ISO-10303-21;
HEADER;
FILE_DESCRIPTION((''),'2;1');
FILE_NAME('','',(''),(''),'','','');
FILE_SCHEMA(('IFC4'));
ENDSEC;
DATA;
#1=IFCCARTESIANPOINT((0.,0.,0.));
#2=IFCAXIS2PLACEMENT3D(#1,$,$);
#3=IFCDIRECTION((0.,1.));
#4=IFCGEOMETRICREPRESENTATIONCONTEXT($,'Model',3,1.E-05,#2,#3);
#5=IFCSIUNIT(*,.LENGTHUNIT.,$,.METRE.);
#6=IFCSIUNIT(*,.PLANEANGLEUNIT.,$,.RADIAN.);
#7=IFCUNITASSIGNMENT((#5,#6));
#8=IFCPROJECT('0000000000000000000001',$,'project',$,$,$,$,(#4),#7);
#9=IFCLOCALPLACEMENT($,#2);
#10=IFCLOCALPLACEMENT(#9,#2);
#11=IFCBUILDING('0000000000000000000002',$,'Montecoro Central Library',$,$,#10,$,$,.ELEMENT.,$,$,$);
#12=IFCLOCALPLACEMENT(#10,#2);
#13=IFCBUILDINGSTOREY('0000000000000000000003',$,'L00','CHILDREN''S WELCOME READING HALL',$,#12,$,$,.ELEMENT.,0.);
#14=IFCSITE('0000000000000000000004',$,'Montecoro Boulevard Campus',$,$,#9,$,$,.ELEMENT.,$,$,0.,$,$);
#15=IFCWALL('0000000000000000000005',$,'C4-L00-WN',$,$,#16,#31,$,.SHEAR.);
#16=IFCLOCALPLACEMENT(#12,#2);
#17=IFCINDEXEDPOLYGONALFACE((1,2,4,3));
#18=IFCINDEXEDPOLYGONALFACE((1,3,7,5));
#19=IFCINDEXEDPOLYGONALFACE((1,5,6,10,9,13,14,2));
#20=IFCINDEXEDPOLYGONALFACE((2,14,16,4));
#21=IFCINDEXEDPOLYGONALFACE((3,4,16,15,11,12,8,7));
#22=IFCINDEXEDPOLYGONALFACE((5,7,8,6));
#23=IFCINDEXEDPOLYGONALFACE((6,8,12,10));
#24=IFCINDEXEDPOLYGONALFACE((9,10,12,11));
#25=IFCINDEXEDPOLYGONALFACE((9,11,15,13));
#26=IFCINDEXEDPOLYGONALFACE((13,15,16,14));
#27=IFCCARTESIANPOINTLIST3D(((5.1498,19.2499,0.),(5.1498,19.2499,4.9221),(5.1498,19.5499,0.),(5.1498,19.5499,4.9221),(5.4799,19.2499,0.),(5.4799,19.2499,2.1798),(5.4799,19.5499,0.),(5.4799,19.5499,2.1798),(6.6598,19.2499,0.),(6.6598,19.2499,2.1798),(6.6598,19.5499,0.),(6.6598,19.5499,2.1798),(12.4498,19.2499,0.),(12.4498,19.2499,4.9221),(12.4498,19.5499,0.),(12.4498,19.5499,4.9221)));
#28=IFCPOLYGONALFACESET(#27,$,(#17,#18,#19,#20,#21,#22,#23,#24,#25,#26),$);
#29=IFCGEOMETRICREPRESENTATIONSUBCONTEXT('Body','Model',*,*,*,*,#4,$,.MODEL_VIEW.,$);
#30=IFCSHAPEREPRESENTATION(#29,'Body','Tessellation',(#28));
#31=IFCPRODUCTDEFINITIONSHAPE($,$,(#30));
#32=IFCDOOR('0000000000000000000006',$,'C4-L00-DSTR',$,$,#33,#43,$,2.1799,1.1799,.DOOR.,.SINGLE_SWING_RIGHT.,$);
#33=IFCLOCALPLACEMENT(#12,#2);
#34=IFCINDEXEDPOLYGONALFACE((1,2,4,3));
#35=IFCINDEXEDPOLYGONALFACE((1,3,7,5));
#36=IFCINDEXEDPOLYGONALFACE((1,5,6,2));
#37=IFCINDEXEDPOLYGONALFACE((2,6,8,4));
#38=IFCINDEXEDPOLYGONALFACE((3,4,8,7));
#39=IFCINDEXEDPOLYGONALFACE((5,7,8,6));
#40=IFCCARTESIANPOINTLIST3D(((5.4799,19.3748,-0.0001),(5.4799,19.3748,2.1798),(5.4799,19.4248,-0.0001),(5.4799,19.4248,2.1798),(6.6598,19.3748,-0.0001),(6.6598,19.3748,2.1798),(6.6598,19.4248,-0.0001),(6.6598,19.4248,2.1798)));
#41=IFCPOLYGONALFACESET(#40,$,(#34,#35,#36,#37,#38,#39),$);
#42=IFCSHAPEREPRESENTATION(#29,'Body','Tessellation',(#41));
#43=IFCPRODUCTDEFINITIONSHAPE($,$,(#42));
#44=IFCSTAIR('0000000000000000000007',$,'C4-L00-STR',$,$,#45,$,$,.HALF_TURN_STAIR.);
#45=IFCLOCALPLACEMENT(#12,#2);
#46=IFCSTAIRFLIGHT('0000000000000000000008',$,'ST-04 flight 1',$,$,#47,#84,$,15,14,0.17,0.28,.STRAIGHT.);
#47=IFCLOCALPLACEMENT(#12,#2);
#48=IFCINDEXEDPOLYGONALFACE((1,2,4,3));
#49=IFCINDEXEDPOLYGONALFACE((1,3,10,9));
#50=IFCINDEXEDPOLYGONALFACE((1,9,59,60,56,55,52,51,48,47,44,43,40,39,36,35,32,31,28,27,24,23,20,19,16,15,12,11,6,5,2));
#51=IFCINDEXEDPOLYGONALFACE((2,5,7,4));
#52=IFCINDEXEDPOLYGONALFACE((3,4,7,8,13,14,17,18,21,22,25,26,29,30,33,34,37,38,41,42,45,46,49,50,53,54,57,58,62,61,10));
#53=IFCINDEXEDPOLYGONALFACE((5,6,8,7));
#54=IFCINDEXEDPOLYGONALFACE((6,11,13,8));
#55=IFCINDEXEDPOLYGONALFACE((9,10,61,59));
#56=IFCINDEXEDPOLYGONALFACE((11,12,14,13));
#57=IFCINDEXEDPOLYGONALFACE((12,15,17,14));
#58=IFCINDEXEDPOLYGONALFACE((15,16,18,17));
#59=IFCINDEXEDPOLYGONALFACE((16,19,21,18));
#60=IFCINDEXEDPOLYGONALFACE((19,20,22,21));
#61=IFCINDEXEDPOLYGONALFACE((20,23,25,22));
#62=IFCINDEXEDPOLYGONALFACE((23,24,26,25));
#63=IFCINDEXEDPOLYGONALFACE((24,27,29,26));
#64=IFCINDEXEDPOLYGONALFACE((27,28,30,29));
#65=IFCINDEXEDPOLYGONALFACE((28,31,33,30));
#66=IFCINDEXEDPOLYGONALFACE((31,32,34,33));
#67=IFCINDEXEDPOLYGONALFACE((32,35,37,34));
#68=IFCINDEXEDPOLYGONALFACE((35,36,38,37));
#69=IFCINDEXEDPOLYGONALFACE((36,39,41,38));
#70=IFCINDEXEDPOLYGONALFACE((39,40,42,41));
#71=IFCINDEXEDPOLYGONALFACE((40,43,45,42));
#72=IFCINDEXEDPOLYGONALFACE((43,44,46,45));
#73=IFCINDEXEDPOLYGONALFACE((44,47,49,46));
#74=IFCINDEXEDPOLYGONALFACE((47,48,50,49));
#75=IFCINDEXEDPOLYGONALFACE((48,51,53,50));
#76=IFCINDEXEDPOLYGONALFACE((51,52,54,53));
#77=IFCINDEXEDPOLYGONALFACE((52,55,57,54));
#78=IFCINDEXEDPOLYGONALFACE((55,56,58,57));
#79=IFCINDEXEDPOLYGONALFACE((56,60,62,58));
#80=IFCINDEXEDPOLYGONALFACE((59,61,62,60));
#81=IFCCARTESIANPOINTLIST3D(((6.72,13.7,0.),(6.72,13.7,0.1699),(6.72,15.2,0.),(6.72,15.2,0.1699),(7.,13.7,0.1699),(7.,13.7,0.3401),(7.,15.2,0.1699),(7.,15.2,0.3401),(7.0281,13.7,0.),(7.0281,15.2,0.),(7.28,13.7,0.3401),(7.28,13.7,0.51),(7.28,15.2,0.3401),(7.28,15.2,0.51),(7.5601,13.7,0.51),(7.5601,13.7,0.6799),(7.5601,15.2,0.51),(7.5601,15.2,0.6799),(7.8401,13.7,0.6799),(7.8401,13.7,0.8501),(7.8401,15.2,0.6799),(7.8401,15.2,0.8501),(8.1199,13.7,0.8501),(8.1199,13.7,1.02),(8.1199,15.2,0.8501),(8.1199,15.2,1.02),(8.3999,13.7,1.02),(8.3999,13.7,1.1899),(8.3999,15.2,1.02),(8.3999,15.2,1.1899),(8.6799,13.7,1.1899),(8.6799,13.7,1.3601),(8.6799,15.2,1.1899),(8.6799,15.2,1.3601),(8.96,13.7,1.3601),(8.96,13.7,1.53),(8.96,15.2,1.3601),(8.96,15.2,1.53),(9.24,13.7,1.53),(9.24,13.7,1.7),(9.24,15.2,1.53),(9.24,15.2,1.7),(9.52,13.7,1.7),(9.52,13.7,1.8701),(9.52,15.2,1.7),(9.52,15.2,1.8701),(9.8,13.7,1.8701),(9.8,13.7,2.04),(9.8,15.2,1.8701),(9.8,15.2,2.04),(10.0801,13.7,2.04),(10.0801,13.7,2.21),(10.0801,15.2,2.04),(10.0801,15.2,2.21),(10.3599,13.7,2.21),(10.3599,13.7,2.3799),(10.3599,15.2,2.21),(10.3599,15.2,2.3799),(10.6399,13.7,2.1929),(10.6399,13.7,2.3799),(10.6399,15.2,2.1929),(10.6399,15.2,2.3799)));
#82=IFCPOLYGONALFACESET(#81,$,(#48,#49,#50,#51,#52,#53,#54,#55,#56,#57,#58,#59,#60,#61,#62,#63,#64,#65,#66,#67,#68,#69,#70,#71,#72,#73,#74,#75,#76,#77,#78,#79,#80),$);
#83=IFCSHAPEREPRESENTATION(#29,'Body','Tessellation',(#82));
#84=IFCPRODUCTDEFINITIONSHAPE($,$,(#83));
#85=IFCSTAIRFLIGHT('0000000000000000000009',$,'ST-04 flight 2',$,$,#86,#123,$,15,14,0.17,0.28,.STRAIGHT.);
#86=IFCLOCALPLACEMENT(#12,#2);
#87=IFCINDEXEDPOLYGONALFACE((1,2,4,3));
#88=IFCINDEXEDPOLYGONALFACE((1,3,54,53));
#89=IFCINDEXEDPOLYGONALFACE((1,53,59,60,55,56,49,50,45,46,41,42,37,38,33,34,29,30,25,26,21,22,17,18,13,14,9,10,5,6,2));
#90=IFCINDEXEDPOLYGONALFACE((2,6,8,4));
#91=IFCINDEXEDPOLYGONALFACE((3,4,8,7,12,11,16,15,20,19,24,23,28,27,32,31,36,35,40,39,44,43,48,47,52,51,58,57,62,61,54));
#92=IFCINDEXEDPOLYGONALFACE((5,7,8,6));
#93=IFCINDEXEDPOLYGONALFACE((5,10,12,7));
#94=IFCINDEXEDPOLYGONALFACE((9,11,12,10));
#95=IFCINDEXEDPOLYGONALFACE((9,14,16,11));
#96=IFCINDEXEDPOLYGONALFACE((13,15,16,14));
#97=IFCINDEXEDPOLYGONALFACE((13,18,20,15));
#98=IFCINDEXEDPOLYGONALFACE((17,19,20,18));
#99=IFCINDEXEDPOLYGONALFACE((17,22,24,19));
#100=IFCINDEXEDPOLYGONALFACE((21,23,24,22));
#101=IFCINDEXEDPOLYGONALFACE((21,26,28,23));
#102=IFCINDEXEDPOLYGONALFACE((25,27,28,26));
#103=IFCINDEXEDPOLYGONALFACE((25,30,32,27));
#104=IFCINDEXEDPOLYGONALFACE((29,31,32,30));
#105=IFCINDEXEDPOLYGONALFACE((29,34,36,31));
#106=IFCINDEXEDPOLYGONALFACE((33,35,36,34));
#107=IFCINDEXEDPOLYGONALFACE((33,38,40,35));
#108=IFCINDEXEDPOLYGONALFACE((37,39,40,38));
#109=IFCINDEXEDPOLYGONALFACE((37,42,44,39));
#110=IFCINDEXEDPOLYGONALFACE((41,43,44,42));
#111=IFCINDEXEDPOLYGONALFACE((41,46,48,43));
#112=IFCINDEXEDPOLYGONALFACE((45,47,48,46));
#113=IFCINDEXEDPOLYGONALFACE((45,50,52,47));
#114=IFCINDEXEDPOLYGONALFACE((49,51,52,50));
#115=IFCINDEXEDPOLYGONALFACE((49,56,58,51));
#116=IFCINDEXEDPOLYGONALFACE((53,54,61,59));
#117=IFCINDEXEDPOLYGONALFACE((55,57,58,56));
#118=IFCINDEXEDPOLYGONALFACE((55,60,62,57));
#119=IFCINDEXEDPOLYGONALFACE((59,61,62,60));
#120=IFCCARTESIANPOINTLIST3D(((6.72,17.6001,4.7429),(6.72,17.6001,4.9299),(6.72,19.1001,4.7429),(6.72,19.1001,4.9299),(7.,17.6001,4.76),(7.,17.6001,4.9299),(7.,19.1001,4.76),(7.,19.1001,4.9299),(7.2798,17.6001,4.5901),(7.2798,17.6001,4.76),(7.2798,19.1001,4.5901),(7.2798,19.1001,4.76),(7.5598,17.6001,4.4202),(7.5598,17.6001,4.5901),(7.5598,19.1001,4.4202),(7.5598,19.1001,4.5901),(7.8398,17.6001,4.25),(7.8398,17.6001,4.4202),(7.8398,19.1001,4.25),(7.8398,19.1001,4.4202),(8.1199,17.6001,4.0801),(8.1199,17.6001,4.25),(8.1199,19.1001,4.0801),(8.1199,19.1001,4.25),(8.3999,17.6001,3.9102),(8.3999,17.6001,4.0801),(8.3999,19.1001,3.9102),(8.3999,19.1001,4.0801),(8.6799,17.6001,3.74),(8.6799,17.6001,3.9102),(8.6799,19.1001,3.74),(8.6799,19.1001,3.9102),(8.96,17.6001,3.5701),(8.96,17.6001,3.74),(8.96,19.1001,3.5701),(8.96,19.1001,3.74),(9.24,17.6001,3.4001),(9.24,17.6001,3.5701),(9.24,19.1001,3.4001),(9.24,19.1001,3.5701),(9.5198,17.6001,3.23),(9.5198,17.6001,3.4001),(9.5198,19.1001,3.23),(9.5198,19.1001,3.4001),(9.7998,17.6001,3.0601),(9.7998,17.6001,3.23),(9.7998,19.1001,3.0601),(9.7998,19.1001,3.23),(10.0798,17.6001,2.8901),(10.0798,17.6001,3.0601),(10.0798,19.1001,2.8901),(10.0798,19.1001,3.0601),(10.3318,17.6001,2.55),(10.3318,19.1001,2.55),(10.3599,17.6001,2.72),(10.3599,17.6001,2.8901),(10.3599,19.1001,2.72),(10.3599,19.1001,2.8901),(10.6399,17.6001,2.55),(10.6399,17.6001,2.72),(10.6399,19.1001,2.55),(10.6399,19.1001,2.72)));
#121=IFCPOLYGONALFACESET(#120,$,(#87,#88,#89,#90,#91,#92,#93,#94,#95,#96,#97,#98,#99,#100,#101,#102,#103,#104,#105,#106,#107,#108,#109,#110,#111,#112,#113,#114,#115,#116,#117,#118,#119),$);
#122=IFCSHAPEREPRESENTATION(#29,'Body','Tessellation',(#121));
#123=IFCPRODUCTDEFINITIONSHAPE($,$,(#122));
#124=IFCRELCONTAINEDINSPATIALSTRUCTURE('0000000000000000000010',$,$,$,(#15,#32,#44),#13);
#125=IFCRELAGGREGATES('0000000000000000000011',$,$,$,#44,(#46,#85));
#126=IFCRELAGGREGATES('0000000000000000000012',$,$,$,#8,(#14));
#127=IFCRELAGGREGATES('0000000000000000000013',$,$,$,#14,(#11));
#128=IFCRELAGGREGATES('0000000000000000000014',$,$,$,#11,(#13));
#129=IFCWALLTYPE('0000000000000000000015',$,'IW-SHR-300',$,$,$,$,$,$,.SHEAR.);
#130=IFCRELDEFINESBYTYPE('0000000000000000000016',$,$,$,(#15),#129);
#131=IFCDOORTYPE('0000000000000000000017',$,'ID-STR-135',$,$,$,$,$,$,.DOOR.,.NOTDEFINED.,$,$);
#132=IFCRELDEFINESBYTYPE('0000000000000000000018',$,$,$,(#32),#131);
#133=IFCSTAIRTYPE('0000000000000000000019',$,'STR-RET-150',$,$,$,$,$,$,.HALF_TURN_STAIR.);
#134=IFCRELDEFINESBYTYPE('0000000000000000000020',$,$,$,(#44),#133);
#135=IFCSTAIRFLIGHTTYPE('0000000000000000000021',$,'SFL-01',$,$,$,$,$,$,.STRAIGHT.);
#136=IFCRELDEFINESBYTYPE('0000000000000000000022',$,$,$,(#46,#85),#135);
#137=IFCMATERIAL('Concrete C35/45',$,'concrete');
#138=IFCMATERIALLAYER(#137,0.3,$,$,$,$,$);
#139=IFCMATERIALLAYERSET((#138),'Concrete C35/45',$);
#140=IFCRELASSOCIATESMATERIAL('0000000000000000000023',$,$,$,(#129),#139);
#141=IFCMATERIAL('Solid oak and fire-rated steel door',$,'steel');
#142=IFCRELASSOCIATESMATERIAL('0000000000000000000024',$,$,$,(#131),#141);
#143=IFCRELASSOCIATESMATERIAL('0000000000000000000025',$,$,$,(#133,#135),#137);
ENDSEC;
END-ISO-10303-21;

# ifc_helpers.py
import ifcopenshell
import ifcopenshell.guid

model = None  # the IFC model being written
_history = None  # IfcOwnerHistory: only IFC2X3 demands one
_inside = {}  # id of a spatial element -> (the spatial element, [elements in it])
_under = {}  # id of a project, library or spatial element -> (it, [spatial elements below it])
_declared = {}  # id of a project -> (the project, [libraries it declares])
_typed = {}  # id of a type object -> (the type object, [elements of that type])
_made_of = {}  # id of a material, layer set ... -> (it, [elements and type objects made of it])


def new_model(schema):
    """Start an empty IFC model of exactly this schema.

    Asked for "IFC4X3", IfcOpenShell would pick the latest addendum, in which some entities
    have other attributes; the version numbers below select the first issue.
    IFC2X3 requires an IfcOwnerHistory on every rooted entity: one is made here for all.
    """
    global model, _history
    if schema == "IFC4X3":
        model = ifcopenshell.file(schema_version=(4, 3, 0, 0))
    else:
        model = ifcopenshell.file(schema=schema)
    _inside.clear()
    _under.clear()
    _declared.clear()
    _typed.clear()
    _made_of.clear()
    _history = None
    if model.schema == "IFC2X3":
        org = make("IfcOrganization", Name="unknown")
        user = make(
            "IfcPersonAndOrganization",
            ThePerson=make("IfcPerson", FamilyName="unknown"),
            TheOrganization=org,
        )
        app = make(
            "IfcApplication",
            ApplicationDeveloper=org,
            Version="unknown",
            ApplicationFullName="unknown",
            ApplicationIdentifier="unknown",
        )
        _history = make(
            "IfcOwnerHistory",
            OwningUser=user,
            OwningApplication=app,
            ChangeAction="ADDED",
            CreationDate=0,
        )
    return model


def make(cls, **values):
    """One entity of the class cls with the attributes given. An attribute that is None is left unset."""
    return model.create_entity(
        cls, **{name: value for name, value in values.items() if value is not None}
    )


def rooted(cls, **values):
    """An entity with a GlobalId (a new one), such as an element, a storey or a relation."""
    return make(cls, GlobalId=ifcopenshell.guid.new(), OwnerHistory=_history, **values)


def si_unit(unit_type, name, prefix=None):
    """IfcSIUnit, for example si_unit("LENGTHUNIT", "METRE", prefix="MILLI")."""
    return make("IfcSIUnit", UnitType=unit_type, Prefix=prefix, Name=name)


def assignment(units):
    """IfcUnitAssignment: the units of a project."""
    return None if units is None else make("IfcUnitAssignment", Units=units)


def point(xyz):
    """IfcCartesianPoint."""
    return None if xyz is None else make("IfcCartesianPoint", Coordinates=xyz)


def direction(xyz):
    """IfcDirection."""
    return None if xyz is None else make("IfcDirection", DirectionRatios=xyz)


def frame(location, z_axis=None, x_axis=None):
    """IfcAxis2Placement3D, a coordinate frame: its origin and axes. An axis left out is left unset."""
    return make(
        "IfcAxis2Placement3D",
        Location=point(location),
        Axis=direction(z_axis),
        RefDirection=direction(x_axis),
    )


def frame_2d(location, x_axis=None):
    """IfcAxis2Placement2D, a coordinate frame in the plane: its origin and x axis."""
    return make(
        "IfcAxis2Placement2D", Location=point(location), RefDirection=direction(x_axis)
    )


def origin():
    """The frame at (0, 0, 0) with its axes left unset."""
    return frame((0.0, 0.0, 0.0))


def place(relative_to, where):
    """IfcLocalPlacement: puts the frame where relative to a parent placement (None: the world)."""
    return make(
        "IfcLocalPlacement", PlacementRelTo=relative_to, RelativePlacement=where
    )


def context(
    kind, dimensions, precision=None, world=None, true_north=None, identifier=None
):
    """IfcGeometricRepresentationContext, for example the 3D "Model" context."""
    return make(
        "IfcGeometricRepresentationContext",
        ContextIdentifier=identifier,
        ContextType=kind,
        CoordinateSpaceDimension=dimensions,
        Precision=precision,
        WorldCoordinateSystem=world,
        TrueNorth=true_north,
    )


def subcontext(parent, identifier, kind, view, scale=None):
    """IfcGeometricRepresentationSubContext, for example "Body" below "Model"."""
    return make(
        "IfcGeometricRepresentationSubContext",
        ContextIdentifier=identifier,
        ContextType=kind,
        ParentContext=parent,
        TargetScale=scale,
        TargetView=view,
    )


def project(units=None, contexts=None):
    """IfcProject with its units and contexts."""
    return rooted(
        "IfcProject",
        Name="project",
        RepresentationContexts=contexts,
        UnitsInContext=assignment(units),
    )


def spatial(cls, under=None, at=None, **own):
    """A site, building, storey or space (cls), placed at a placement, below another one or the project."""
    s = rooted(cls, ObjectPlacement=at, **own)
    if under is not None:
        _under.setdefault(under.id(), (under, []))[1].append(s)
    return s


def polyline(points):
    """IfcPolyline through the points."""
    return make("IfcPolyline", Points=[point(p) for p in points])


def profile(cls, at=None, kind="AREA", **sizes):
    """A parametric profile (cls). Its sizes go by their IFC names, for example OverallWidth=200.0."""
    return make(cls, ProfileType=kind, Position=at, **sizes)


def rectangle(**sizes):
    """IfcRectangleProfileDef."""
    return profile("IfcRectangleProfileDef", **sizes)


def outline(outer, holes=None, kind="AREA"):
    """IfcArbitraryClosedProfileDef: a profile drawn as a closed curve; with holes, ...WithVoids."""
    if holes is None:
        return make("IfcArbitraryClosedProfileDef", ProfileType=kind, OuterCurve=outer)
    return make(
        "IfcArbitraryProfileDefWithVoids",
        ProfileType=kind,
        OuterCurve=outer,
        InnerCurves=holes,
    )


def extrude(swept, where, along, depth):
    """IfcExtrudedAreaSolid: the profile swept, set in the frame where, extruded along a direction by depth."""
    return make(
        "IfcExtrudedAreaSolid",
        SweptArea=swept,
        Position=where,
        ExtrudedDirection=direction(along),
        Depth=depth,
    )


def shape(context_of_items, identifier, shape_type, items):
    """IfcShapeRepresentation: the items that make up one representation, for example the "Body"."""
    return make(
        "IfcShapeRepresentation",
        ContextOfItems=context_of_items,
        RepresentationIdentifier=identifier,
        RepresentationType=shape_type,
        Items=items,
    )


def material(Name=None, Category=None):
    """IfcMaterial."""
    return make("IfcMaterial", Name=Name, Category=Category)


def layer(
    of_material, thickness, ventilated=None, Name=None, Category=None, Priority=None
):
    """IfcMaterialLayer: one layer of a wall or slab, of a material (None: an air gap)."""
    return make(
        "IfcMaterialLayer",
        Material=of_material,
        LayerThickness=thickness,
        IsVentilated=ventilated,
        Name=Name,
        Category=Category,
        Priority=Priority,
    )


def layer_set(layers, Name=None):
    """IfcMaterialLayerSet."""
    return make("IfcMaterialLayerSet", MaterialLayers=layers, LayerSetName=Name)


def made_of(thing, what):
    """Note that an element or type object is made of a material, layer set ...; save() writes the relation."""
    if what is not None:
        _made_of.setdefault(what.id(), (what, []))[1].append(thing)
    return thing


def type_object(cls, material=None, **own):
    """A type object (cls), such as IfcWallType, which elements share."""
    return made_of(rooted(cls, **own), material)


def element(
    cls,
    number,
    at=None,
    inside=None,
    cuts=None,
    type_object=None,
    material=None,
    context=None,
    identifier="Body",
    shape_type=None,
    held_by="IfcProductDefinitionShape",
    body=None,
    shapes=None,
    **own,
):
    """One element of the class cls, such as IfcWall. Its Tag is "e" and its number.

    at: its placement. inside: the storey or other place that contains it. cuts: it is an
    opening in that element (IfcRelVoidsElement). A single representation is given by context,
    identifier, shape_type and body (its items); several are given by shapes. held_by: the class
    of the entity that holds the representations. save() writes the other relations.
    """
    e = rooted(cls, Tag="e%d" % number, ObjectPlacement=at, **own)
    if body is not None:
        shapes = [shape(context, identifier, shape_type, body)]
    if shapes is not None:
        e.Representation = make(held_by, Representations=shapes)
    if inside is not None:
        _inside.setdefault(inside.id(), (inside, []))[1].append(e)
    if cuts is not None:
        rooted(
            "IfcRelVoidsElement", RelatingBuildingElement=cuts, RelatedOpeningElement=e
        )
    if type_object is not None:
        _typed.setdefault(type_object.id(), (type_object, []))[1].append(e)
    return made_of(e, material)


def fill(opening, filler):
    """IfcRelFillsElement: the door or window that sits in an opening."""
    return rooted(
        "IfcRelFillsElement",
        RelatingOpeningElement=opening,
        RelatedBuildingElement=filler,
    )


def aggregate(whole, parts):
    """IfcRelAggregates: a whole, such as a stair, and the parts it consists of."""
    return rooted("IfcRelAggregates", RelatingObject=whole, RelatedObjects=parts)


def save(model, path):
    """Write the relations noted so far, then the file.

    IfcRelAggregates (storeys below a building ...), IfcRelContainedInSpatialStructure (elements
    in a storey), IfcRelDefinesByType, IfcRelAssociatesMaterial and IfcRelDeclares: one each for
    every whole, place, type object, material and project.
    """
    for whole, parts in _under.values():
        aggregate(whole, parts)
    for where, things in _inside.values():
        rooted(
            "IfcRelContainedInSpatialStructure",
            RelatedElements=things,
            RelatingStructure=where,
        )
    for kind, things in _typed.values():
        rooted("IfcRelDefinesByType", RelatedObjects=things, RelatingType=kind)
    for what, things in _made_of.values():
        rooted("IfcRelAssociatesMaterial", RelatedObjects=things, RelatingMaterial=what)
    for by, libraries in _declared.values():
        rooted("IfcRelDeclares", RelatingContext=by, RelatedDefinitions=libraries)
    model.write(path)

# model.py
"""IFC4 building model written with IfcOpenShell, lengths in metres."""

from ifc_helpers import new_model, si_unit, direction, frame, frame_2d, origin, place, context, subcontext, project, spatial, polyline, rectangle, outline, extrude, material, layer, layer_set, type_object, element, fill, aggregate, save


model = new_model("IFC4")

# Units and contexts
model_context = context("Model", 3, precision=1e-05, world=origin(), true_north=direction((0.0, 1.0)))
body_context = subcontext(model_context, "Body", "Model", "MODEL_VIEW")
ifc_project = project(units=[si_unit("LENGTHUNIT", "METRE"), si_unit("PLANEANGLEUNIT", "RADIAN")], contexts=[model_context])

# Site, building, storey
site_placement = place(None, origin())
site = spatial("IfcSite", under=ifc_project, at=site_placement, Name="Montecoro Boulevard Campus", CompositionType="ELEMENT", RefElevation=0.0)
building_placement = place(site_placement, origin())
building = spatial("IfcBuilding", under=site, at=building_placement, Name="Montecoro Central Library", CompositionType="ELEMENT")
storey_placement = place(building_placement, origin())
storey = spatial("IfcBuildingStorey", under=building, at=storey_placement, Name="L00", Description="CHILDREN'S WELCOME READING HALL", CompositionType="ELEMENT", Elevation=0.0)

# Shared definitions
ifc_material_1 = material(Name="Concrete C35/45", Category="concrete")

# Wall, opening, door
ifc_layer_1 = layer(ifc_material_1, 0.3)
ifc_layer_set_1 = layer_set([ifc_layer_1], Name="Concrete C35/45")
wall_type_1 = type_object("IfcWallType", Name="IW-SHR-300", PredefinedType="SHEAR", material=ifc_layer_set_1)
ifc_material_2 = material(Name="Solid oak and fire-rated steel door", Category="steel")
wall_1_placement = place(storey_placement, frame((5.1499, 19.3999, 0.0), z_axis=(0.0, 0.0, 1.0), x_axis=(1.0, 0.0, 0.0)))
wall_1 = element("IfcWall", 1, at=wall_1_placement, inside=storey, type_object=wall_type_1, Name="C4-L00-WN", PredefinedType="SHEAR", context=body_context, shape_type="SweptSolid", body=[
    extrude(rectangle(XDim=7.3, YDim=0.3, at=frame_2d((3.6499, 0.0))), origin(), (0.0, 0.0, 1.0), 4.9221),
])
opening_1_placement = place(wall_1_placement, frame((0.3301, 0.0, 0.0)))
opening_1 = element("IfcOpeningElement", 2, at=opening_1_placement, cuts=wall_1, PredefinedType="OPENING", context=body_context, shape_type="SweptSolid", body=[
    extrude(rectangle(XDim=1.1799, YDim=2.1799, at=frame_2d((0.5898, 1.0898))), frame((0.0, 0.1599, 0.0), z_axis=(0.0, -1.0, 0.0), x_axis=(1.0, 0.0, 0.0)), (0.0, 0.0, 1.0), 0.3201),
])
door_type_1 = type_object("IfcDoorType", Name="ID-STR-135", OperationType="NOTDEFINED", PredefinedType="DOOR", material=ifc_material_2)
door_1_placement = place(opening_1_placement, origin())
door_1 = element("IfcDoor", 3, at=door_1_placement, inside=storey, type_object=door_type_1, Name="C4-L00-DSTR", OperationType="SINGLE_SWING_RIGHT", OverallHeight=2.1799, OverallWidth=1.1799, PredefinedType="DOOR", context=body_context, shape_type="SweptSolid", body=[
    extrude(rectangle(XDim=1.1799, YDim=2.1799, at=frame_2d((0.5898, 1.0898))), frame((0.0, 0.0249, 0.0), z_axis=(0.0, -1.0, 0.0), x_axis=(1.0, 0.0, 0.0)), (0.0, 0.0, 1.0), 0.05),
])
fill(opening_1, door_1)

# Stair, stair flights
stair_type = type_object("IfcStairType", Name="STR-RET-150", PredefinedType="HALF_TURN_STAIR", material=ifc_material_1)
stair_placement = place(storey_placement, origin())
stair = element("IfcStair", 4, at=stair_placement, inside=storey, type_object=stair_type, Name="C4-L00-STR", PredefinedType="HALF_TURN_STAIR")
stair_flight_type = type_object("IfcStairFlightType", Name="SFL-01", PredefinedType="STRAIGHT", material=ifc_material_1)
stair_flight_1_placement = place(storey_placement, frame((6.72, 14.45, 0.0), z_axis=(0.0, 0.0, 1.0), x_axis=(1.0, 0.0, 0.0)))
stair_flight_1 = element("IfcStairFlight", 5, at=stair_flight_1_placement, type_object=stair_flight_type, Name="ST-04 flight 1", NumberOfRisers=15, NumberOfTreads=14, PredefinedType="STRAIGHT", RiserHeight=0.17, TreadLength=0.28, context=body_context, shape_type="SweptSolid", body=[
    extrude(outline(polyline([(0.0, 0.0), (0.0, 0.1699), (0.28, 0.1699), (0.28, 0.3401), (0.5601, 0.3401), (0.5601, 0.51), (0.8401, 0.51), (0.8401, 0.6799), (1.1201, 0.6799), (1.1201, 0.8501), (1.3999, 0.8501), (1.3999, 1.02), (1.6799, 1.02), (1.6799, 1.1899), (1.96, 1.1899), (1.96, 1.3601), (2.24, 1.3601), (2.24, 1.53), (2.52, 1.53), (2.52, 1.7), (2.8, 1.7), (2.8, 1.8701), (3.0801, 1.8701), (3.0801, 2.04), (3.3601, 2.04), (3.3601, 2.21), (3.6399, 2.21), (3.6399, 2.3799), (3.9199, 2.3799), (3.9199, 2.55), (3.9199, 2.1929), (0.3081, 0.0), (0.0, 0.0)])), frame((0.0, 0.75, 0.0), z_axis=(0.0, -1.0, 0.0), x_axis=(1.0, 0.0, 0.0)), (0.0, 0.0, 1.0), 1.5),
])
stair_flight_2_placement = place(storey_placement, frame((10.6399, 18.3501, 2.55), z_axis=(0.0, 0.0, 1.0), x_axis=(-1.0, 0.0, 0.0)))
stair_flight_2 = element("IfcStairFlight", 6, at=stair_flight_2_placement, type_object=stair_flight_type, Name="ST-04 flight 2", NumberOfRisers=15, NumberOfTreads=14, PredefinedType="STRAIGHT", RiserHeight=0.17, TreadLength=0.28, context=body_context, shape_type="SweptSolid", body=[
    extrude(outline(polyline([(0.0, 0.0), (0.0, 0.1699), (0.28, 0.1699), (0.28, 0.3401), (0.5601, 0.3401), (0.5601, 0.51), (0.8401, 0.51), (0.8401, 0.6799), (1.1201, 0.6799), (1.1201, 0.8501), (1.3999, 0.8501), (1.3999, 1.02), (1.6799, 1.02), (1.6799, 1.1899), (1.96, 1.1899), (1.96, 1.3601), (2.24, 1.3601), (2.24, 1.53), (2.52, 1.53), (2.52, 1.7), (2.8, 1.7), (2.8, 1.8701), (3.0801, 1.8701), (3.0801, 2.04), (3.3601, 2.04), (3.3601, 2.21), (3.6399, 2.21), (3.6399, 2.3799), (3.9199, 2.3799), (3.9199, 2.55), (3.9199, 2.1929), (0.3081, 0.0), (0.0, 0.0)])), frame((0.0, 0.75, 0.0), z_axis=(0.0, -1.0, 0.0), x_axis=(1.0, 0.0, 0.0)), (0.0, 0.0, 1.0), 1.5),
])
aggregate(stair, [stair_flight_1, stair_flight_2])

save(model, "model.ifc")
